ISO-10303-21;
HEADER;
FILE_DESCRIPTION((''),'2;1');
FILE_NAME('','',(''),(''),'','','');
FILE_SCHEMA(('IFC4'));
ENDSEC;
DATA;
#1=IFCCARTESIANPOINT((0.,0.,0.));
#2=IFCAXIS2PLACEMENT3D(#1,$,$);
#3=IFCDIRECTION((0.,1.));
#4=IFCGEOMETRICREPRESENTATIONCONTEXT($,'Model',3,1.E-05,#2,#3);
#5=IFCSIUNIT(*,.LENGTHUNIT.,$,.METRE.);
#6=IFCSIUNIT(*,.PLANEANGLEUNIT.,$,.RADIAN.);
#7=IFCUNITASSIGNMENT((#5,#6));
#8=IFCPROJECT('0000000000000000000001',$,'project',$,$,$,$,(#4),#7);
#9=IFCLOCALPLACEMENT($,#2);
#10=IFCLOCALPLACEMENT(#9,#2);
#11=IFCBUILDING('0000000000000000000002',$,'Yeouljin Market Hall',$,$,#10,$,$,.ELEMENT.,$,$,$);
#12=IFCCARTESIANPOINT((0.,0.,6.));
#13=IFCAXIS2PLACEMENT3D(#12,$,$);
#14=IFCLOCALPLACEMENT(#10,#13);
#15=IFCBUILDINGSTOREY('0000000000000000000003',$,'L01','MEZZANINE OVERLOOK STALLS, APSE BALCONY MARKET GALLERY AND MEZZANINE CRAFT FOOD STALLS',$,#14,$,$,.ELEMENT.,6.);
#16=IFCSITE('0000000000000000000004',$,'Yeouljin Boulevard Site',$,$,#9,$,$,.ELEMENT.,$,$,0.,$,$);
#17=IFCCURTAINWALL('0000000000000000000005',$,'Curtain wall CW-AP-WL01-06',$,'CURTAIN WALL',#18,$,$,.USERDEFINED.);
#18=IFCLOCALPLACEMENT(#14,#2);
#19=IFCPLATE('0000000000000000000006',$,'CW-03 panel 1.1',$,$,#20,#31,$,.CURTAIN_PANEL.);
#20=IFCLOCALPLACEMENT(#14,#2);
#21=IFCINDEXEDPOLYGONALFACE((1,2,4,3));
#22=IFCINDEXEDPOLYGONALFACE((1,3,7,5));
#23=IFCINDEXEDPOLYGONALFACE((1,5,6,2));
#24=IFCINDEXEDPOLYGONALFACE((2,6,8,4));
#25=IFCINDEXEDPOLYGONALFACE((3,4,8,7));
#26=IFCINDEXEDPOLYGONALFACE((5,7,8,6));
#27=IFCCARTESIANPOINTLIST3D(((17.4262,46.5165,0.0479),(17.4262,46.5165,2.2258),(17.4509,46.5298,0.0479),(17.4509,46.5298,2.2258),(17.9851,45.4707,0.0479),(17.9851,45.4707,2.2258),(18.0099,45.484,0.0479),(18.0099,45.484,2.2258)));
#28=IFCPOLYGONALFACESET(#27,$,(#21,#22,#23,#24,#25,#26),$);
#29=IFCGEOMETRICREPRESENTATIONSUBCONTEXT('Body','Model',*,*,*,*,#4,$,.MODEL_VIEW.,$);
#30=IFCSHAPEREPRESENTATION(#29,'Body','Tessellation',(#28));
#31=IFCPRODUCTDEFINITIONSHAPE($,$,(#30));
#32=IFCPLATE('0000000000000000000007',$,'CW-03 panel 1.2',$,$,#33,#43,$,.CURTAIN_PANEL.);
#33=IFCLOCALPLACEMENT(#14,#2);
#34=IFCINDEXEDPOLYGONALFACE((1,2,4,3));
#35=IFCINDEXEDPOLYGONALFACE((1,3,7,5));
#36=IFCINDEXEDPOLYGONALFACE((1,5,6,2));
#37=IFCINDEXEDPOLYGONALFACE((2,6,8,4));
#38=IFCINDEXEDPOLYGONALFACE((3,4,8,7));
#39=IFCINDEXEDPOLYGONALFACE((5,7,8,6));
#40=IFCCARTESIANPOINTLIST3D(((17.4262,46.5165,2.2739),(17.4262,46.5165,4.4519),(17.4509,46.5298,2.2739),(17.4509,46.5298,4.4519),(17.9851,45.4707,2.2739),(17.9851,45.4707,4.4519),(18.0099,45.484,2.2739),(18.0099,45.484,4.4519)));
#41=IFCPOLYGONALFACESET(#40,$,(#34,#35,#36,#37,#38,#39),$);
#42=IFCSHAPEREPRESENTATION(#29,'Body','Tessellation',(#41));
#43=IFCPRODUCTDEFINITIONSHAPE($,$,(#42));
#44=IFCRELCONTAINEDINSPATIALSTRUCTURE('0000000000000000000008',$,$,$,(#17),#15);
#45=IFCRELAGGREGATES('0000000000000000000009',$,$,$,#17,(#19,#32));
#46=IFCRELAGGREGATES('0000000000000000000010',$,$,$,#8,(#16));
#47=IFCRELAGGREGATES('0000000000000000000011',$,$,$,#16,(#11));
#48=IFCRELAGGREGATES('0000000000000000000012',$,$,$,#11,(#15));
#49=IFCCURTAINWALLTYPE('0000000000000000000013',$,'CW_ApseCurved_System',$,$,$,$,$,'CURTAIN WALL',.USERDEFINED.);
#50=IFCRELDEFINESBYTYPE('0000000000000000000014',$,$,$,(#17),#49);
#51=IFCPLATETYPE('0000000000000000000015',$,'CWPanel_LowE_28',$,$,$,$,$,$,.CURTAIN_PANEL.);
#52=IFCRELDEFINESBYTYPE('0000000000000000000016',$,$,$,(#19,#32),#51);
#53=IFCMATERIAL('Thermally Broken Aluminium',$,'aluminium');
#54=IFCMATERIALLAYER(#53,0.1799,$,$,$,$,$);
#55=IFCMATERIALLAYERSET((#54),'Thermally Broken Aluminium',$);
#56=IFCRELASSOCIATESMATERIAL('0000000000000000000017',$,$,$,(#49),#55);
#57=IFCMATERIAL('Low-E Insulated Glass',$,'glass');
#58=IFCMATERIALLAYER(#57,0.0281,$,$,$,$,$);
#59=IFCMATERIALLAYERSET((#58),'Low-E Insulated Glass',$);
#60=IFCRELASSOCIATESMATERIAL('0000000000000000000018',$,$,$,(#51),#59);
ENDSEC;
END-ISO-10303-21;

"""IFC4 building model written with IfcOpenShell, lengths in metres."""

from ifc_helpers import new_model, si_unit, direction, frame, origin, origin_2d, place, context, subcontext, project, spatial, rectangle, extrude, material, layer, layer_set, type_object, element, aggregate, save


model = new_model("IFC4")

# Units and contexts
model_context = context("Model", 3, precision=1e-05, world=origin(), true_north=direction((0.0, 1.0)))
body_context = subcontext(model_context, "Body", "Model", "MODEL_VIEW")
ifc_project = project(units=[si_unit("LENGTHUNIT", "METRE"), si_unit("PLANEANGLEUNIT", "RADIAN")], contexts=[model_context])

# Site, building, storey
site_placement = place(None, origin())
site = spatial("IfcSite", under=ifc_project, at=site_placement, Name="Yeouljin Boulevard Site", CompositionType="ELEMENT", RefElevation=0.0)
building_placement = place(site_placement, origin())
building = spatial("IfcBuilding", under=site, at=building_placement, Name="Yeouljin Market Hall", CompositionType="ELEMENT")
storey_placement = place(building_placement, frame((0.0, 0.0, 6.0)))
storey = spatial("IfcBuildingStorey", under=building, at=storey_placement, Name="L01", Description="MEZZANINE OVERLOOK STALLS, APSE BALCONY MARKET GALLERY AND MEZZANINE CRAFT FOOD STALLS", CompositionType="ELEMENT", Elevation=6.0)

# Curtain wall
ifc_material_1 = material(Name="Thermally Broken Aluminium", Category="aluminium")
ifc_layer_1 = layer(ifc_material_1, 0.1799)
ifc_layer_set_1 = layer_set([ifc_layer_1], Name="Thermally Broken Aluminium")
curtain_wall_type = type_object("IfcCurtainWallType", Name="CW_ApseCurved_System", ElementType="CURTAIN WALL", PredefinedType="USERDEFINED", material=ifc_layer_set_1)
curtain_wall_1_placement = place(storey_placement, origin())
curtain_wall_1 = element("IfcCurtainWall", 1, at=curtain_wall_1_placement, inside=storey, type_object=curtain_wall_type, Name="Curtain wall CW-AP-WL01-06", ObjectType="CURTAIN WALL", PredefinedType="USERDEFINED")

# Plates
ifc_material_2 = material(Name="Low-E Insulated Glass", Category="glass")
ifc_layer_2 = layer(ifc_material_2, 0.0281)
ifc_layer_set_2 = layer_set([ifc_layer_2], Name="Low-E Insulated Glass")
plate_type = type_object("IfcPlateType", Name="CWPanel_LowE_28", PredefinedType="CURTAIN_PANEL", material=ifc_layer_set_2)
plate_1_placement = place(storey_placement, frame((17.718, 46.0002, 0.0479), z_axis=(0.0, 0.0, 1.0), x_axis=(-0.471378, 0.881931, 0.0)))
plate_1 = element("IfcPlate", 2, at=plate_1_placement, type_object=plate_type, Name="CW-03 panel 1.1", PredefinedType="CURTAIN_PANEL", context=body_context, shape_type="SweptSolid", body=[
    extrude(rectangle(XDim=1.1858, YDim=0.0281, at=origin_2d()), origin(), (0.0, 0.0, 1.0), 2.178),
])
plate_2_placement = place(storey_placement, frame((17.718, 46.0002, 2.2739), z_axis=(0.0, 0.0, 1.0), x_axis=(-0.471378, 0.881931, 0.0)))
plate_2 = element("IfcPlate", 3, at=plate_2_placement, type_object=plate_type, Name="CW-03 panel 1.2", PredefinedType="CURTAIN_PANEL", context=body_context, shape_type="SweptSolid", body=[
    extrude(rectangle(XDim=1.1858, YDim=0.0281, at=origin_2d()), origin(), (0.0, 0.0, 1.0), 2.178),
])
aggregate(curtain_wall_1, [plate_1, plate_2])

save(model, "model.ifc")
